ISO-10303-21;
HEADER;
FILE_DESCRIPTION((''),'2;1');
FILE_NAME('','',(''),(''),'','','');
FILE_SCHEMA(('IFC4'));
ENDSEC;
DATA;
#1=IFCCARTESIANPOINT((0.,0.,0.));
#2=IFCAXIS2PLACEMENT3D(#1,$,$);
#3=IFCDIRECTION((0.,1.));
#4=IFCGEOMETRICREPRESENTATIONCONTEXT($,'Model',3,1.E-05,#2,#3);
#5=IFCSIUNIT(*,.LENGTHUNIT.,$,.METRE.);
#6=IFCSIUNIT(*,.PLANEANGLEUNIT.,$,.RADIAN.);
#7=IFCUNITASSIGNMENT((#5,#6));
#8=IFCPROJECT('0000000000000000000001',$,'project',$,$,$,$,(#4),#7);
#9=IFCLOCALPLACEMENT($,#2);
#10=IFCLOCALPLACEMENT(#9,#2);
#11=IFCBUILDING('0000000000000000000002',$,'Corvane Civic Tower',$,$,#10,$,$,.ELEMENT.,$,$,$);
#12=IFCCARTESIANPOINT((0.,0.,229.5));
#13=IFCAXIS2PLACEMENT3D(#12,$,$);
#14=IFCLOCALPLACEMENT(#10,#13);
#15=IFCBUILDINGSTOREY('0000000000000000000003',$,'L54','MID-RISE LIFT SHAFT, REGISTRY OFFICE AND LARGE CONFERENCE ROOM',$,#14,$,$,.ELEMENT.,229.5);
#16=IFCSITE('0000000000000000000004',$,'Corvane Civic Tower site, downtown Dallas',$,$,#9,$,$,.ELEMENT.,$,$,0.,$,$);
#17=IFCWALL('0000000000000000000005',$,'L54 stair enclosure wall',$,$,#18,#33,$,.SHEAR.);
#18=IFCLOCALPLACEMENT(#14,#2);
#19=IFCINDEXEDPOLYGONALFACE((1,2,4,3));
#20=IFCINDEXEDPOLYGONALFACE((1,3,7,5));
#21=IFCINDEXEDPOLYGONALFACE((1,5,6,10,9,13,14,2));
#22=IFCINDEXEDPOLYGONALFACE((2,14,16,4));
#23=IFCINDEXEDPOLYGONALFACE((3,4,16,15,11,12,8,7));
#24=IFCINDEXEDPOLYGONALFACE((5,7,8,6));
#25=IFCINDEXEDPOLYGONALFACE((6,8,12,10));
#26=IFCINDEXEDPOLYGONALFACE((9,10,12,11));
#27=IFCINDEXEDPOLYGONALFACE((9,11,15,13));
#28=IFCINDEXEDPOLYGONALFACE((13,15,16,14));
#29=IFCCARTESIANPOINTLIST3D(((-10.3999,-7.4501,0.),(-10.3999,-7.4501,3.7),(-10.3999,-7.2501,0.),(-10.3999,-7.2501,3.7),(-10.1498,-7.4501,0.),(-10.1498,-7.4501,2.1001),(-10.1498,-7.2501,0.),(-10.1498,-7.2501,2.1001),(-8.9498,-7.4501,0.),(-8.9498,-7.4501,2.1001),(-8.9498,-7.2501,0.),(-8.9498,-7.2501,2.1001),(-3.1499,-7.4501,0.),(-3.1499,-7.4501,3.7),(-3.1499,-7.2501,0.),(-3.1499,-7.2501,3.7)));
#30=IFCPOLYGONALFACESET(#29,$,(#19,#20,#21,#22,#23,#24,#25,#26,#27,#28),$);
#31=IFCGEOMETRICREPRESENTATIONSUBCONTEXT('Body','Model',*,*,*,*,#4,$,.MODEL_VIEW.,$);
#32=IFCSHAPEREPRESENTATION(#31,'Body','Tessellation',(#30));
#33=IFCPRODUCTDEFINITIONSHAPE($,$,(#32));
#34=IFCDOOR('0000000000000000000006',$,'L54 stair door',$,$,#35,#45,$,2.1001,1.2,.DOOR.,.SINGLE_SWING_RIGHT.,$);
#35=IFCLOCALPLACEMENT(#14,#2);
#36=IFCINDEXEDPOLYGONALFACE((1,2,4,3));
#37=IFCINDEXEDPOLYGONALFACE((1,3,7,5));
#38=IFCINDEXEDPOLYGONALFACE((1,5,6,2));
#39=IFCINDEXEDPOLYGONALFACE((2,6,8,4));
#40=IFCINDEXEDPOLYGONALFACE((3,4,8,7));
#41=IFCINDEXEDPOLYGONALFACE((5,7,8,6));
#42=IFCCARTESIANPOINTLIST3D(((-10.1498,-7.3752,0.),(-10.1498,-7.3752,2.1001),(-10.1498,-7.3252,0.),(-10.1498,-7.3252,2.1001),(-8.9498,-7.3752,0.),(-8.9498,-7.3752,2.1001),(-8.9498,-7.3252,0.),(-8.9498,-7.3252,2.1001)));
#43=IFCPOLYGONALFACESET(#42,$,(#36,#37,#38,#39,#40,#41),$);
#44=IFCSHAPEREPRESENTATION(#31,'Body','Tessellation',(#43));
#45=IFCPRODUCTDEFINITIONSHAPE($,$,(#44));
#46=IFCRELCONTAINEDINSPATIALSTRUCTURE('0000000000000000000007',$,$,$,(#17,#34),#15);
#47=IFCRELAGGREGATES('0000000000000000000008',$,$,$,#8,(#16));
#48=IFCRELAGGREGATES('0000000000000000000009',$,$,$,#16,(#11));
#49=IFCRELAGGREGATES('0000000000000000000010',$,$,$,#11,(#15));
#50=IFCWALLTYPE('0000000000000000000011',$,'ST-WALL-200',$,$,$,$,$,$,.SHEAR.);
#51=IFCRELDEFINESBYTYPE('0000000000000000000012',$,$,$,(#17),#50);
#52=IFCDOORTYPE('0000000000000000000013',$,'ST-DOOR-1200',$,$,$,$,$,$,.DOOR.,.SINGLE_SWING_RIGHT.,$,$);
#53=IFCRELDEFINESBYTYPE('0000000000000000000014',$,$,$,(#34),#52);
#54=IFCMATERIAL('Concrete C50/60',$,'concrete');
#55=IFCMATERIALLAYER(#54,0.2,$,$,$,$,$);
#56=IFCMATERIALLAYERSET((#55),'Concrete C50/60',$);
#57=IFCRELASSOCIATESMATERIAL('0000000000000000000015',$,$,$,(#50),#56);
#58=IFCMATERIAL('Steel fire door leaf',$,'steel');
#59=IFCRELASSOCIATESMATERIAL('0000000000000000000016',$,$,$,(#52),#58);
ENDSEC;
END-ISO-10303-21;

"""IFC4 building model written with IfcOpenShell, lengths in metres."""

from ifc_helpers import new_model, si_unit, direction, frame, frame_2d, origin, place, context, subcontext, project, spatial, rectangle, extrude, material, layer, layer_set, type_object, element, fill, save


model = new_model("IFC4")

# Units and contexts
model_context = context("Model", 3, precision=1e-05, world=origin(), true_north=direction((0.0, 1.0)))
body_context = subcontext(model_context, "Body", "Model", "MODEL_VIEW")
ifc_project = project(units=[si_unit("LENGTHUNIT", "METRE"), si_unit("PLANEANGLEUNIT", "RADIAN")], contexts=[model_context])

# Site, building, storey
site_placement = place(None, origin())
site = spatial("IfcSite", under=ifc_project, at=site_placement, Name="Corvane Civic Tower site, downtown Dallas", CompositionType="ELEMENT", RefElevation=0.0)
building_placement = place(site_placement, origin())
building = spatial("IfcBuilding", under=site, at=building_placement, Name="Corvane Civic Tower", CompositionType="ELEMENT")
storey_placement = place(building_placement, frame((0.0, 0.0, 229.5)))
storey = spatial("IfcBuildingStorey", under=building, at=storey_placement, Name="L54", Description="MID-RISE LIFT SHAFT, REGISTRY OFFICE AND LARGE CONFERENCE ROOM", CompositionType="ELEMENT", Elevation=229.5)

# Wall, opening, door
ifc_material_1 = material(Name="Concrete C50/60", Category="concrete")
ifc_layer_1 = layer(ifc_material_1, 0.2)
ifc_layer_set_1 = layer_set([ifc_layer_1], Name="Concrete C50/60")
wall_type_1 = type_object("IfcWallType", Name="ST-WALL-200", PredefinedType="SHEAR", material=ifc_layer_set_1)
wall_1_placement = place(storey_placement, frame((-10.3999, -7.3501, 0.0), z_axis=(0.0, 0.0, 1.0), x_axis=(1.0, 0.0, 0.0)))
wall_1 = element("IfcWall", 1, at=wall_1_placement, inside=storey, type_object=wall_type_1, Name="L54 stair enclosure wall", PredefinedType="SHEAR", context=body_context, shape_type="SweptSolid", body=[
    extrude(rectangle(XDim=7.25, YDim=0.2, at=frame_2d((3.625, 0.0))), origin(), (0.0, 0.0, 1.0), 3.7),
])
opening_1_placement = place(wall_1_placement, frame((0.25, 0.0, 0.0)))
opening_1 = element("IfcOpeningElement", 2, at=opening_1_placement, cuts=wall_1, PredefinedType="OPENING", context=body_context, shape_type="SweptSolid", body=[
    extrude(rectangle(XDim=1.2, YDim=2.1001, at=frame_2d((0.6001, 1.05))), frame((0.0, 0.1099, 0.0), z_axis=(0.0, -1.0, 0.0), x_axis=(1.0, 0.0, 0.0)), (0.0, 0.0, 1.0), 0.22),
])
ifc_material_2 = material(Name="Steel fire door leaf", Category="steel")
door_type_1 = type_object("IfcDoorType", Name="ST-DOOR-1200", OperationType="SINGLE_SWING_RIGHT", PredefinedType="DOOR", material=ifc_material_2)
door_1_placement = place(opening_1_placement, origin())
door_1 = element("IfcDoor", 3, at=door_1_placement, inside=storey, type_object=door_type_1, Name="L54 stair door", OperationType="SINGLE_SWING_RIGHT", OverallHeight=2.1001, OverallWidth=1.2, PredefinedType="DOOR", context=body_context, shape_type="SweptSolid", body=[
    extrude(rectangle(XDim=1.2, YDim=2.1001, at=frame_2d((0.6001, 1.05))), frame((0.0, 0.0249, 0.0), z_axis=(0.0, -1.0, 0.0), x_axis=(1.0, 0.0, 0.0)), (0.0, 0.0, 1.0), 0.05),
])
fill(opening_1, door_1)

save(model, "model.ifc")
